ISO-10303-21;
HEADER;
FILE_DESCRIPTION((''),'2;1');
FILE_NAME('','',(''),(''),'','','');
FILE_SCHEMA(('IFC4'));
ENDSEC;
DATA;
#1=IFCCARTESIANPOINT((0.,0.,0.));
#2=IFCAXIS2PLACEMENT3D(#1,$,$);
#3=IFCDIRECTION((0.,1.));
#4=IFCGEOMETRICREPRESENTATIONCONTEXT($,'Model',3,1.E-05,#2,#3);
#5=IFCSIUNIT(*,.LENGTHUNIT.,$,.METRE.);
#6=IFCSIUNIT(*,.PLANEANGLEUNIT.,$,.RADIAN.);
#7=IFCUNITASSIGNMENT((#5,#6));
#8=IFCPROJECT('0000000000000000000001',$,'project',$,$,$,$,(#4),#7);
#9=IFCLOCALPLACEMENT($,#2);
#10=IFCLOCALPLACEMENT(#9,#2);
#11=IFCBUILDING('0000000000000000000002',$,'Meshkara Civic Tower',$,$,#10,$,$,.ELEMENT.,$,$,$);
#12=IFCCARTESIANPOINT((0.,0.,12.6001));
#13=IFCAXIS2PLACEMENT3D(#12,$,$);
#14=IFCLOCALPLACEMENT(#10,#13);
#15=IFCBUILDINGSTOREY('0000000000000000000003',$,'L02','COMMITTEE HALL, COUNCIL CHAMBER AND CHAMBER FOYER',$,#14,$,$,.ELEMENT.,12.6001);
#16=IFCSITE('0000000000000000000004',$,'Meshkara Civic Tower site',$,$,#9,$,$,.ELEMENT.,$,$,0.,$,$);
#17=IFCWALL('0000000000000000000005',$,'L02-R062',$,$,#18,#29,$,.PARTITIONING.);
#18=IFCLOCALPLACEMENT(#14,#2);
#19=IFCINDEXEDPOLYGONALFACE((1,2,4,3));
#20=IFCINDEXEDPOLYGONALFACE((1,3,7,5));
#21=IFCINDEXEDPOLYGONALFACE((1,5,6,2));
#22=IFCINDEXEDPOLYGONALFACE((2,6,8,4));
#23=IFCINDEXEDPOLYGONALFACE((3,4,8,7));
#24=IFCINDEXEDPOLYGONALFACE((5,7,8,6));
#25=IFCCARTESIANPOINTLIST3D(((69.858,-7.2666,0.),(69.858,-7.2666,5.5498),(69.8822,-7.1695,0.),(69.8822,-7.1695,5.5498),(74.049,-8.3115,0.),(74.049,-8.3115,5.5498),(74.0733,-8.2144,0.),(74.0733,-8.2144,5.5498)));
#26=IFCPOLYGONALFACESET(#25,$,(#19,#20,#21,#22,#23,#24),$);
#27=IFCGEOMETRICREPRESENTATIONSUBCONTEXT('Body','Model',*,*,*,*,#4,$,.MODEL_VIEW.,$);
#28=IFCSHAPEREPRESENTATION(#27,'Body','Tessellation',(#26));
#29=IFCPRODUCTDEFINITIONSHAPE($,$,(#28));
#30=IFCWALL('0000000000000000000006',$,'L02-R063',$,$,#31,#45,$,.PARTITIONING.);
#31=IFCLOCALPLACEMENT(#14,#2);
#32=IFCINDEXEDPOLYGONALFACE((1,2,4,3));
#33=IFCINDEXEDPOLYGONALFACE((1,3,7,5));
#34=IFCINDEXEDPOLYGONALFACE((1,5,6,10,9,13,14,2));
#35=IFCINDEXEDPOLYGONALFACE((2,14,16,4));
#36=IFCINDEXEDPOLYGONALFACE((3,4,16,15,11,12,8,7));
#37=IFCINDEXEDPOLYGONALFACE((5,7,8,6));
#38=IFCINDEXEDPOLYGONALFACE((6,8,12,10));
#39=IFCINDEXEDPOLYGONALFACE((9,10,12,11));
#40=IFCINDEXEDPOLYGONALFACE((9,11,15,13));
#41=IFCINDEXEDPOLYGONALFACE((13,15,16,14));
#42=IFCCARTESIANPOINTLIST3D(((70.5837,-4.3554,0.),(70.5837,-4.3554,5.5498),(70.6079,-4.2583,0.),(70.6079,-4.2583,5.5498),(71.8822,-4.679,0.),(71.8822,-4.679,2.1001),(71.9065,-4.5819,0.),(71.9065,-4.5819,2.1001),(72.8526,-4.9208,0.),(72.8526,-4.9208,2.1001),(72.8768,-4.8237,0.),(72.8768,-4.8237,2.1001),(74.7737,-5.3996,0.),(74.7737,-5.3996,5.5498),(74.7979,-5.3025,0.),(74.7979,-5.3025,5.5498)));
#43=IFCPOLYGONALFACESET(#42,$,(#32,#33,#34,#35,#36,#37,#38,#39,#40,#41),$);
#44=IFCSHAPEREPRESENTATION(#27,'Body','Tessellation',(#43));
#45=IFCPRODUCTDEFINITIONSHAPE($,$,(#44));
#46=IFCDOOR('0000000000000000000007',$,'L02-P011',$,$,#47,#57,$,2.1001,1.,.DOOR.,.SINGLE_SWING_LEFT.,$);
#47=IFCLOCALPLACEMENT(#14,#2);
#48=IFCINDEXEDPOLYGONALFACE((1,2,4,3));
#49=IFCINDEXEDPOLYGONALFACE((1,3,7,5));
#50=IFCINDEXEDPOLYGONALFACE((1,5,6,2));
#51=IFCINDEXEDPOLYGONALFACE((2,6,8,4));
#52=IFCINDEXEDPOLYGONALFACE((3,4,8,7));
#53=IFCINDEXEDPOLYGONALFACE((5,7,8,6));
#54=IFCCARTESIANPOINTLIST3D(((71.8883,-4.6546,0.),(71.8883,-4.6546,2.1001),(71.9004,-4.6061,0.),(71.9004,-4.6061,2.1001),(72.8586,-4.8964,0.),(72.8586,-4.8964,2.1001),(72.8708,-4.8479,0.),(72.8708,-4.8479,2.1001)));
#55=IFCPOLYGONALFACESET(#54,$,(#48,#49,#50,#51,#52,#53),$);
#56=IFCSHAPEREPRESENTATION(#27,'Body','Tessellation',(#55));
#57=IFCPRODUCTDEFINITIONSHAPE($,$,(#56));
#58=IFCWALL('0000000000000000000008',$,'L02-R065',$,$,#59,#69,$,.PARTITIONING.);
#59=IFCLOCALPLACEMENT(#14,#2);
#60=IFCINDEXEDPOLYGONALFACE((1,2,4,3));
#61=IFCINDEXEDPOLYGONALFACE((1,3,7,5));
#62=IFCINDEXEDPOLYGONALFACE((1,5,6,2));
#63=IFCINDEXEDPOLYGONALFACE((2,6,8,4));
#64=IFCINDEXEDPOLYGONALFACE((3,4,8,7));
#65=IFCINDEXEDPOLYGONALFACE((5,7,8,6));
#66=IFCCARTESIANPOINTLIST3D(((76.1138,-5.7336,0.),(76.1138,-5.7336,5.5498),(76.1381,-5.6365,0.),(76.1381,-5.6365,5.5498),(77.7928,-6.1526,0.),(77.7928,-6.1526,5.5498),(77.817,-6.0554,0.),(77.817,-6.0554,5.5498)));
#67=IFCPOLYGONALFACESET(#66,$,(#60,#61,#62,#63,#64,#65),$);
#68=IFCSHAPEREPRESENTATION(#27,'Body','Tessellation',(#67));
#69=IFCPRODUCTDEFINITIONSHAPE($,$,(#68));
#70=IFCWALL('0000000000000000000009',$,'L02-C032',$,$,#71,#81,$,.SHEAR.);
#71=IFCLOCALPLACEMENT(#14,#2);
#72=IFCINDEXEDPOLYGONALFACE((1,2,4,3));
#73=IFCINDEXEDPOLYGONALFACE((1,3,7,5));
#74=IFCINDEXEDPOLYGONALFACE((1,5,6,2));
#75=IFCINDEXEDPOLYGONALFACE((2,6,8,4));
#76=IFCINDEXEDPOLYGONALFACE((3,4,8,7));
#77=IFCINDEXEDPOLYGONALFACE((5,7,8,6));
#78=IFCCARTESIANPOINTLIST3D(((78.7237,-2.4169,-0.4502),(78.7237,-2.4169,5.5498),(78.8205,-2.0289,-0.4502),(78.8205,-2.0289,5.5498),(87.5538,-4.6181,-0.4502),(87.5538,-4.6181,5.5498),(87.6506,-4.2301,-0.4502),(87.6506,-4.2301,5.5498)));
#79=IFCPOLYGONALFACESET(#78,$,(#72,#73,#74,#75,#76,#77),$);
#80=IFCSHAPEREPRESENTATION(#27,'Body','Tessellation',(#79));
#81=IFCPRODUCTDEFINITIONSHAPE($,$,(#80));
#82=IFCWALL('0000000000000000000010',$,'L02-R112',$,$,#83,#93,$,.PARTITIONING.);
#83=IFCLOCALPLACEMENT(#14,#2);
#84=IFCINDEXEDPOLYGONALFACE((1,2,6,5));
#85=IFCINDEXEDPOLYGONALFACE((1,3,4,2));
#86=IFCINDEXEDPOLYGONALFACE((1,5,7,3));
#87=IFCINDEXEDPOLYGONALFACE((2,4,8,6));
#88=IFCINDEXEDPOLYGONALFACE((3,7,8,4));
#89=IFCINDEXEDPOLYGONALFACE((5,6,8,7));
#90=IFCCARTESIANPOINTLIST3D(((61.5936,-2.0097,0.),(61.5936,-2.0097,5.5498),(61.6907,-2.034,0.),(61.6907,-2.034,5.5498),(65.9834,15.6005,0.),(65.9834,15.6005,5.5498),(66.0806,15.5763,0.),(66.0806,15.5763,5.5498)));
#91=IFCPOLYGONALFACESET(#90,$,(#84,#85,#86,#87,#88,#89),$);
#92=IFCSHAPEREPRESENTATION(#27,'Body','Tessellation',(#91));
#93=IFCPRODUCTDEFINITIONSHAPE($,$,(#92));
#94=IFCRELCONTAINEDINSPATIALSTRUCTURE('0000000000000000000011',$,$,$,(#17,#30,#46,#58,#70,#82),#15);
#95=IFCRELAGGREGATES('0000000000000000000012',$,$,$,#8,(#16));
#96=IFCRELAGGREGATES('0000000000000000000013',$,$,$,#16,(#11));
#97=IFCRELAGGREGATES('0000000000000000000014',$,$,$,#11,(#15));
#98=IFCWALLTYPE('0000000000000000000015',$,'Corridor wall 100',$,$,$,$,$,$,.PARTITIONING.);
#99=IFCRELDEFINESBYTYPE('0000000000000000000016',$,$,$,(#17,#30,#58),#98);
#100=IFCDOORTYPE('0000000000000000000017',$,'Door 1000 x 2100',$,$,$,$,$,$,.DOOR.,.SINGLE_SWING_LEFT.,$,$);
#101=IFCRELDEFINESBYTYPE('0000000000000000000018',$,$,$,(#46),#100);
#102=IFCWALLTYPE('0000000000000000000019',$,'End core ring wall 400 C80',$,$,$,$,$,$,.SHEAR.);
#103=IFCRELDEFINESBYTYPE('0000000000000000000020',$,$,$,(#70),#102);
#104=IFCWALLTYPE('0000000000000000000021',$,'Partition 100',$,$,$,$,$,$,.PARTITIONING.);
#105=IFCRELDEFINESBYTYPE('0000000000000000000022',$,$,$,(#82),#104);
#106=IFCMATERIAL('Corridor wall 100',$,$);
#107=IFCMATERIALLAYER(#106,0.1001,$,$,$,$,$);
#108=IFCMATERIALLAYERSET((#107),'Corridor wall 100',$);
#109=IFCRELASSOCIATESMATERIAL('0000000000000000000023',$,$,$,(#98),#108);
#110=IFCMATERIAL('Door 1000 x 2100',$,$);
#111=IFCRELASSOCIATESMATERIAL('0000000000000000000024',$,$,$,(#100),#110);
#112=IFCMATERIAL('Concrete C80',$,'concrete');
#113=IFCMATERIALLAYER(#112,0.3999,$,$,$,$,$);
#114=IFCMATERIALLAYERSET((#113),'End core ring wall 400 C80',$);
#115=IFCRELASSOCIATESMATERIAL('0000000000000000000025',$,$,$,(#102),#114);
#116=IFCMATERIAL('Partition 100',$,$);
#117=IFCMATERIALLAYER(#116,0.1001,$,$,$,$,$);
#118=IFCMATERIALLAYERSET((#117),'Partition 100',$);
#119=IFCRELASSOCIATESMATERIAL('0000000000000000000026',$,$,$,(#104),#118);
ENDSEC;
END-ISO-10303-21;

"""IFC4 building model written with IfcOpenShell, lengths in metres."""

from ifc_helpers import new_model, si_unit, direction, frame, frame_2d, origin, place, context, subcontext, project, spatial, rectangle, extrude, material, layer, layer_set, type_object, element, fill, save


model = new_model("IFC4")

# Units and contexts
model_context = context("Model", 3, precision=1e-05, world=origin(), true_north=direction((0.0, 1.0)))
body_context = subcontext(model_context, "Body", "Model", "MODEL_VIEW")
ifc_project = project(units=[si_unit("LENGTHUNIT", "METRE"), si_unit("PLANEANGLEUNIT", "RADIAN")], contexts=[model_context])

# Site, building, storey
site_placement = place(None, origin())
site = spatial("IfcSite", under=ifc_project, at=site_placement, Name="Meshkara Civic Tower site", CompositionType="ELEMENT", RefElevation=0.0)
building_placement = place(site_placement, origin())
building = spatial("IfcBuilding", under=site, at=building_placement, Name="Meshkara Civic Tower", CompositionType="ELEMENT")
storey_placement = place(building_placement, frame((0.0, 0.0, 12.6001)))
storey = spatial("IfcBuildingStorey", under=building, at=storey_placement, Name="L02", Description="COMMITTEE HALL, COUNCIL CHAMBER AND CHAMBER FOYER", CompositionType="ELEMENT", Elevation=12.6001)

# Shared definitions
ifc_material_1 = material(Name="Corridor wall 100")
ifc_layer_1 = layer(ifc_material_1, 0.1001)
ifc_layer_set_1 = layer_set([ifc_layer_1], Name="Corridor wall 100")
wall_type_1 = type_object("IfcWallType", Name="Corridor wall 100", PredefinedType="PARTITIONING", material=ifc_layer_set_1)
ifc_material_2 = material(Name="Door 1000 x 2100")
door_type_1 = type_object("IfcDoorType", Name="Door 1000 x 2100", OperationType="SINGLE_SWING_LEFT", PredefinedType="DOOR", material=ifc_material_2)

# Wall
wall_1_placement = place(storey_placement, frame((69.8701, -7.218, 0.0), z_axis=(0.0, 0.0, 1.0), x_axis=(0.970295, -0.241924, 0.0)))
element("IfcWall", 1, at=wall_1_placement, inside=storey, type_object=wall_type_1, Name="L02-R062", PredefinedType="PARTITIONING", context=body_context, shape_type="SweptSolid", body=[
    extrude(rectangle(XDim=4.3193, YDim=0.1001, at=frame_2d((2.1597, 0.0))), origin(), (0.0, 0.0, 1.0), 5.5498),
])

# Wall, opening, door
wall_2_placement = place(storey_placement, frame((74.7859, -5.3511, 0.0), z_axis=(0.0, 0.0, 1.0), x_axis=(-0.970322, 0.241817, 0.0)))
wall_2 = element("IfcWall", 2, at=wall_2_placement, inside=storey, type_object=wall_type_1, Name="L02-R063", PredefinedType="PARTITIONING", context=body_context, shape_type="SweptSolid", body=[
    extrude(rectangle(XDim=4.3181, YDim=0.1001, at=frame_2d((2.1592, 0.0))), origin(), (0.0, 0.0, 1.0), 5.5498),
])
opening_1_placement = place(wall_2_placement, frame((1.98, 0.0, 0.0)))
opening_1 = element("IfcOpeningElement", 3, at=opening_1_placement, cuts=wall_2, PredefinedType="OPENING", context=body_context, shape_type="SweptSolid", body=[
    extrude(rectangle(XDim=1.0, YDim=2.1001, at=frame_2d((0.5, 1.05))), frame((0.0, 0.0601, 0.0), z_axis=(0.0, -1.0, 0.0), x_axis=(1.0, 0.0, 0.0)), (0.0, 0.0, 1.0), 0.1201),
])
door_1_placement = place(opening_1_placement, origin())
door_1 = element("IfcDoor", 4, at=door_1_placement, inside=storey, type_object=door_type_1, Name="L02-P011", OperationType="SINGLE_SWING_LEFT", OverallHeight=2.1001, OverallWidth=1.0, PredefinedType="DOOR", context=body_context, shape_type="SweptSolid", body=[
    extrude(rectangle(XDim=1.0, YDim=2.1001, at=frame_2d((0.5, 1.05))), frame((0.0, 0.0249, 0.0), z_axis=(0.0, -1.0, 0.0), x_axis=(1.0, 0.0, 0.0)), (0.0, 0.0, 1.0), 0.05),
])
fill(opening_1, door_1)

# Walls
wall_3_placement = place(storey_placement, frame((77.8049, -6.104, 0.0), z_axis=(0.0, 0.0, 1.0), x_axis=(-0.97025, 0.242104, 0.0)))
element("IfcWall", 5, at=wall_3_placement, inside=storey, type_object=wall_type_1, Name="L02-R065", PredefinedType="PARTITIONING", context=body_context, shape_type="SweptSolid", body=[
    extrude(rectangle(XDim=1.7305, YDim=0.1001, at=frame_2d((0.8652, 0.0))), origin(), (0.0, 0.0, 1.0), 5.5498),
])
ifc_material_3 = material(Name="Concrete C80", Category="concrete")
ifc_layer_2 = layer(ifc_material_3, 0.3999)
ifc_layer_set_2 = layer_set([ifc_layer_2], Name="End core ring wall 400 C80")
wall_type_2 = type_object("IfcWallType", Name="End core ring wall 400 C80", PredefinedType="SHEAR", material=ifc_layer_set_2)
wall_4_placement = place(storey_placement, frame((78.772, -2.2229, -0.4502), z_axis=(0.0, 0.0, 1.0), x_axis=(0.970306, -0.241879, 0.0)))
element("IfcWall", 6, at=wall_4_placement, inside=storey, type_object=wall_type_2, Name="L02-C032", PredefinedType="SHEAR", context=body_context, shape_type="SweptSolid", body=[
    extrude(rectangle(XDim=9.1003, YDim=0.3999, at=frame_2d((4.5503, 0.0))), origin(), (0.0, 0.0, 1.0), 6.0),
])
ifc_material_4 = material(Name="Partition 100")
ifc_layer_3 = layer(ifc_material_4, 0.1001)
ifc_layer_set_3 = layer_set([ifc_layer_3], Name="Partition 100")
wall_type_3 = type_object("IfcWallType", Name="Partition 100", PredefinedType="PARTITIONING", material=ifc_layer_set_3)
wall_5_placement = place(storey_placement, frame((61.6421, -2.022, 0.0), z_axis=(0.0, 0.0, 1.0), x_axis=(0.241877, 0.970307, 0.0)))
element("IfcWall", 7, at=wall_5_placement, inside=storey, type_object=wall_type_3, Name="L02-R112", PredefinedType="PARTITIONING", context=body_context, shape_type="SweptSolid", body=[
    extrude(rectangle(XDim=18.1492, YDim=0.1001, at=frame_2d((9.0747, 0.0))), origin(), (0.0, 0.0, 1.0), 5.5498),
])

save(model, "model.ifc")
